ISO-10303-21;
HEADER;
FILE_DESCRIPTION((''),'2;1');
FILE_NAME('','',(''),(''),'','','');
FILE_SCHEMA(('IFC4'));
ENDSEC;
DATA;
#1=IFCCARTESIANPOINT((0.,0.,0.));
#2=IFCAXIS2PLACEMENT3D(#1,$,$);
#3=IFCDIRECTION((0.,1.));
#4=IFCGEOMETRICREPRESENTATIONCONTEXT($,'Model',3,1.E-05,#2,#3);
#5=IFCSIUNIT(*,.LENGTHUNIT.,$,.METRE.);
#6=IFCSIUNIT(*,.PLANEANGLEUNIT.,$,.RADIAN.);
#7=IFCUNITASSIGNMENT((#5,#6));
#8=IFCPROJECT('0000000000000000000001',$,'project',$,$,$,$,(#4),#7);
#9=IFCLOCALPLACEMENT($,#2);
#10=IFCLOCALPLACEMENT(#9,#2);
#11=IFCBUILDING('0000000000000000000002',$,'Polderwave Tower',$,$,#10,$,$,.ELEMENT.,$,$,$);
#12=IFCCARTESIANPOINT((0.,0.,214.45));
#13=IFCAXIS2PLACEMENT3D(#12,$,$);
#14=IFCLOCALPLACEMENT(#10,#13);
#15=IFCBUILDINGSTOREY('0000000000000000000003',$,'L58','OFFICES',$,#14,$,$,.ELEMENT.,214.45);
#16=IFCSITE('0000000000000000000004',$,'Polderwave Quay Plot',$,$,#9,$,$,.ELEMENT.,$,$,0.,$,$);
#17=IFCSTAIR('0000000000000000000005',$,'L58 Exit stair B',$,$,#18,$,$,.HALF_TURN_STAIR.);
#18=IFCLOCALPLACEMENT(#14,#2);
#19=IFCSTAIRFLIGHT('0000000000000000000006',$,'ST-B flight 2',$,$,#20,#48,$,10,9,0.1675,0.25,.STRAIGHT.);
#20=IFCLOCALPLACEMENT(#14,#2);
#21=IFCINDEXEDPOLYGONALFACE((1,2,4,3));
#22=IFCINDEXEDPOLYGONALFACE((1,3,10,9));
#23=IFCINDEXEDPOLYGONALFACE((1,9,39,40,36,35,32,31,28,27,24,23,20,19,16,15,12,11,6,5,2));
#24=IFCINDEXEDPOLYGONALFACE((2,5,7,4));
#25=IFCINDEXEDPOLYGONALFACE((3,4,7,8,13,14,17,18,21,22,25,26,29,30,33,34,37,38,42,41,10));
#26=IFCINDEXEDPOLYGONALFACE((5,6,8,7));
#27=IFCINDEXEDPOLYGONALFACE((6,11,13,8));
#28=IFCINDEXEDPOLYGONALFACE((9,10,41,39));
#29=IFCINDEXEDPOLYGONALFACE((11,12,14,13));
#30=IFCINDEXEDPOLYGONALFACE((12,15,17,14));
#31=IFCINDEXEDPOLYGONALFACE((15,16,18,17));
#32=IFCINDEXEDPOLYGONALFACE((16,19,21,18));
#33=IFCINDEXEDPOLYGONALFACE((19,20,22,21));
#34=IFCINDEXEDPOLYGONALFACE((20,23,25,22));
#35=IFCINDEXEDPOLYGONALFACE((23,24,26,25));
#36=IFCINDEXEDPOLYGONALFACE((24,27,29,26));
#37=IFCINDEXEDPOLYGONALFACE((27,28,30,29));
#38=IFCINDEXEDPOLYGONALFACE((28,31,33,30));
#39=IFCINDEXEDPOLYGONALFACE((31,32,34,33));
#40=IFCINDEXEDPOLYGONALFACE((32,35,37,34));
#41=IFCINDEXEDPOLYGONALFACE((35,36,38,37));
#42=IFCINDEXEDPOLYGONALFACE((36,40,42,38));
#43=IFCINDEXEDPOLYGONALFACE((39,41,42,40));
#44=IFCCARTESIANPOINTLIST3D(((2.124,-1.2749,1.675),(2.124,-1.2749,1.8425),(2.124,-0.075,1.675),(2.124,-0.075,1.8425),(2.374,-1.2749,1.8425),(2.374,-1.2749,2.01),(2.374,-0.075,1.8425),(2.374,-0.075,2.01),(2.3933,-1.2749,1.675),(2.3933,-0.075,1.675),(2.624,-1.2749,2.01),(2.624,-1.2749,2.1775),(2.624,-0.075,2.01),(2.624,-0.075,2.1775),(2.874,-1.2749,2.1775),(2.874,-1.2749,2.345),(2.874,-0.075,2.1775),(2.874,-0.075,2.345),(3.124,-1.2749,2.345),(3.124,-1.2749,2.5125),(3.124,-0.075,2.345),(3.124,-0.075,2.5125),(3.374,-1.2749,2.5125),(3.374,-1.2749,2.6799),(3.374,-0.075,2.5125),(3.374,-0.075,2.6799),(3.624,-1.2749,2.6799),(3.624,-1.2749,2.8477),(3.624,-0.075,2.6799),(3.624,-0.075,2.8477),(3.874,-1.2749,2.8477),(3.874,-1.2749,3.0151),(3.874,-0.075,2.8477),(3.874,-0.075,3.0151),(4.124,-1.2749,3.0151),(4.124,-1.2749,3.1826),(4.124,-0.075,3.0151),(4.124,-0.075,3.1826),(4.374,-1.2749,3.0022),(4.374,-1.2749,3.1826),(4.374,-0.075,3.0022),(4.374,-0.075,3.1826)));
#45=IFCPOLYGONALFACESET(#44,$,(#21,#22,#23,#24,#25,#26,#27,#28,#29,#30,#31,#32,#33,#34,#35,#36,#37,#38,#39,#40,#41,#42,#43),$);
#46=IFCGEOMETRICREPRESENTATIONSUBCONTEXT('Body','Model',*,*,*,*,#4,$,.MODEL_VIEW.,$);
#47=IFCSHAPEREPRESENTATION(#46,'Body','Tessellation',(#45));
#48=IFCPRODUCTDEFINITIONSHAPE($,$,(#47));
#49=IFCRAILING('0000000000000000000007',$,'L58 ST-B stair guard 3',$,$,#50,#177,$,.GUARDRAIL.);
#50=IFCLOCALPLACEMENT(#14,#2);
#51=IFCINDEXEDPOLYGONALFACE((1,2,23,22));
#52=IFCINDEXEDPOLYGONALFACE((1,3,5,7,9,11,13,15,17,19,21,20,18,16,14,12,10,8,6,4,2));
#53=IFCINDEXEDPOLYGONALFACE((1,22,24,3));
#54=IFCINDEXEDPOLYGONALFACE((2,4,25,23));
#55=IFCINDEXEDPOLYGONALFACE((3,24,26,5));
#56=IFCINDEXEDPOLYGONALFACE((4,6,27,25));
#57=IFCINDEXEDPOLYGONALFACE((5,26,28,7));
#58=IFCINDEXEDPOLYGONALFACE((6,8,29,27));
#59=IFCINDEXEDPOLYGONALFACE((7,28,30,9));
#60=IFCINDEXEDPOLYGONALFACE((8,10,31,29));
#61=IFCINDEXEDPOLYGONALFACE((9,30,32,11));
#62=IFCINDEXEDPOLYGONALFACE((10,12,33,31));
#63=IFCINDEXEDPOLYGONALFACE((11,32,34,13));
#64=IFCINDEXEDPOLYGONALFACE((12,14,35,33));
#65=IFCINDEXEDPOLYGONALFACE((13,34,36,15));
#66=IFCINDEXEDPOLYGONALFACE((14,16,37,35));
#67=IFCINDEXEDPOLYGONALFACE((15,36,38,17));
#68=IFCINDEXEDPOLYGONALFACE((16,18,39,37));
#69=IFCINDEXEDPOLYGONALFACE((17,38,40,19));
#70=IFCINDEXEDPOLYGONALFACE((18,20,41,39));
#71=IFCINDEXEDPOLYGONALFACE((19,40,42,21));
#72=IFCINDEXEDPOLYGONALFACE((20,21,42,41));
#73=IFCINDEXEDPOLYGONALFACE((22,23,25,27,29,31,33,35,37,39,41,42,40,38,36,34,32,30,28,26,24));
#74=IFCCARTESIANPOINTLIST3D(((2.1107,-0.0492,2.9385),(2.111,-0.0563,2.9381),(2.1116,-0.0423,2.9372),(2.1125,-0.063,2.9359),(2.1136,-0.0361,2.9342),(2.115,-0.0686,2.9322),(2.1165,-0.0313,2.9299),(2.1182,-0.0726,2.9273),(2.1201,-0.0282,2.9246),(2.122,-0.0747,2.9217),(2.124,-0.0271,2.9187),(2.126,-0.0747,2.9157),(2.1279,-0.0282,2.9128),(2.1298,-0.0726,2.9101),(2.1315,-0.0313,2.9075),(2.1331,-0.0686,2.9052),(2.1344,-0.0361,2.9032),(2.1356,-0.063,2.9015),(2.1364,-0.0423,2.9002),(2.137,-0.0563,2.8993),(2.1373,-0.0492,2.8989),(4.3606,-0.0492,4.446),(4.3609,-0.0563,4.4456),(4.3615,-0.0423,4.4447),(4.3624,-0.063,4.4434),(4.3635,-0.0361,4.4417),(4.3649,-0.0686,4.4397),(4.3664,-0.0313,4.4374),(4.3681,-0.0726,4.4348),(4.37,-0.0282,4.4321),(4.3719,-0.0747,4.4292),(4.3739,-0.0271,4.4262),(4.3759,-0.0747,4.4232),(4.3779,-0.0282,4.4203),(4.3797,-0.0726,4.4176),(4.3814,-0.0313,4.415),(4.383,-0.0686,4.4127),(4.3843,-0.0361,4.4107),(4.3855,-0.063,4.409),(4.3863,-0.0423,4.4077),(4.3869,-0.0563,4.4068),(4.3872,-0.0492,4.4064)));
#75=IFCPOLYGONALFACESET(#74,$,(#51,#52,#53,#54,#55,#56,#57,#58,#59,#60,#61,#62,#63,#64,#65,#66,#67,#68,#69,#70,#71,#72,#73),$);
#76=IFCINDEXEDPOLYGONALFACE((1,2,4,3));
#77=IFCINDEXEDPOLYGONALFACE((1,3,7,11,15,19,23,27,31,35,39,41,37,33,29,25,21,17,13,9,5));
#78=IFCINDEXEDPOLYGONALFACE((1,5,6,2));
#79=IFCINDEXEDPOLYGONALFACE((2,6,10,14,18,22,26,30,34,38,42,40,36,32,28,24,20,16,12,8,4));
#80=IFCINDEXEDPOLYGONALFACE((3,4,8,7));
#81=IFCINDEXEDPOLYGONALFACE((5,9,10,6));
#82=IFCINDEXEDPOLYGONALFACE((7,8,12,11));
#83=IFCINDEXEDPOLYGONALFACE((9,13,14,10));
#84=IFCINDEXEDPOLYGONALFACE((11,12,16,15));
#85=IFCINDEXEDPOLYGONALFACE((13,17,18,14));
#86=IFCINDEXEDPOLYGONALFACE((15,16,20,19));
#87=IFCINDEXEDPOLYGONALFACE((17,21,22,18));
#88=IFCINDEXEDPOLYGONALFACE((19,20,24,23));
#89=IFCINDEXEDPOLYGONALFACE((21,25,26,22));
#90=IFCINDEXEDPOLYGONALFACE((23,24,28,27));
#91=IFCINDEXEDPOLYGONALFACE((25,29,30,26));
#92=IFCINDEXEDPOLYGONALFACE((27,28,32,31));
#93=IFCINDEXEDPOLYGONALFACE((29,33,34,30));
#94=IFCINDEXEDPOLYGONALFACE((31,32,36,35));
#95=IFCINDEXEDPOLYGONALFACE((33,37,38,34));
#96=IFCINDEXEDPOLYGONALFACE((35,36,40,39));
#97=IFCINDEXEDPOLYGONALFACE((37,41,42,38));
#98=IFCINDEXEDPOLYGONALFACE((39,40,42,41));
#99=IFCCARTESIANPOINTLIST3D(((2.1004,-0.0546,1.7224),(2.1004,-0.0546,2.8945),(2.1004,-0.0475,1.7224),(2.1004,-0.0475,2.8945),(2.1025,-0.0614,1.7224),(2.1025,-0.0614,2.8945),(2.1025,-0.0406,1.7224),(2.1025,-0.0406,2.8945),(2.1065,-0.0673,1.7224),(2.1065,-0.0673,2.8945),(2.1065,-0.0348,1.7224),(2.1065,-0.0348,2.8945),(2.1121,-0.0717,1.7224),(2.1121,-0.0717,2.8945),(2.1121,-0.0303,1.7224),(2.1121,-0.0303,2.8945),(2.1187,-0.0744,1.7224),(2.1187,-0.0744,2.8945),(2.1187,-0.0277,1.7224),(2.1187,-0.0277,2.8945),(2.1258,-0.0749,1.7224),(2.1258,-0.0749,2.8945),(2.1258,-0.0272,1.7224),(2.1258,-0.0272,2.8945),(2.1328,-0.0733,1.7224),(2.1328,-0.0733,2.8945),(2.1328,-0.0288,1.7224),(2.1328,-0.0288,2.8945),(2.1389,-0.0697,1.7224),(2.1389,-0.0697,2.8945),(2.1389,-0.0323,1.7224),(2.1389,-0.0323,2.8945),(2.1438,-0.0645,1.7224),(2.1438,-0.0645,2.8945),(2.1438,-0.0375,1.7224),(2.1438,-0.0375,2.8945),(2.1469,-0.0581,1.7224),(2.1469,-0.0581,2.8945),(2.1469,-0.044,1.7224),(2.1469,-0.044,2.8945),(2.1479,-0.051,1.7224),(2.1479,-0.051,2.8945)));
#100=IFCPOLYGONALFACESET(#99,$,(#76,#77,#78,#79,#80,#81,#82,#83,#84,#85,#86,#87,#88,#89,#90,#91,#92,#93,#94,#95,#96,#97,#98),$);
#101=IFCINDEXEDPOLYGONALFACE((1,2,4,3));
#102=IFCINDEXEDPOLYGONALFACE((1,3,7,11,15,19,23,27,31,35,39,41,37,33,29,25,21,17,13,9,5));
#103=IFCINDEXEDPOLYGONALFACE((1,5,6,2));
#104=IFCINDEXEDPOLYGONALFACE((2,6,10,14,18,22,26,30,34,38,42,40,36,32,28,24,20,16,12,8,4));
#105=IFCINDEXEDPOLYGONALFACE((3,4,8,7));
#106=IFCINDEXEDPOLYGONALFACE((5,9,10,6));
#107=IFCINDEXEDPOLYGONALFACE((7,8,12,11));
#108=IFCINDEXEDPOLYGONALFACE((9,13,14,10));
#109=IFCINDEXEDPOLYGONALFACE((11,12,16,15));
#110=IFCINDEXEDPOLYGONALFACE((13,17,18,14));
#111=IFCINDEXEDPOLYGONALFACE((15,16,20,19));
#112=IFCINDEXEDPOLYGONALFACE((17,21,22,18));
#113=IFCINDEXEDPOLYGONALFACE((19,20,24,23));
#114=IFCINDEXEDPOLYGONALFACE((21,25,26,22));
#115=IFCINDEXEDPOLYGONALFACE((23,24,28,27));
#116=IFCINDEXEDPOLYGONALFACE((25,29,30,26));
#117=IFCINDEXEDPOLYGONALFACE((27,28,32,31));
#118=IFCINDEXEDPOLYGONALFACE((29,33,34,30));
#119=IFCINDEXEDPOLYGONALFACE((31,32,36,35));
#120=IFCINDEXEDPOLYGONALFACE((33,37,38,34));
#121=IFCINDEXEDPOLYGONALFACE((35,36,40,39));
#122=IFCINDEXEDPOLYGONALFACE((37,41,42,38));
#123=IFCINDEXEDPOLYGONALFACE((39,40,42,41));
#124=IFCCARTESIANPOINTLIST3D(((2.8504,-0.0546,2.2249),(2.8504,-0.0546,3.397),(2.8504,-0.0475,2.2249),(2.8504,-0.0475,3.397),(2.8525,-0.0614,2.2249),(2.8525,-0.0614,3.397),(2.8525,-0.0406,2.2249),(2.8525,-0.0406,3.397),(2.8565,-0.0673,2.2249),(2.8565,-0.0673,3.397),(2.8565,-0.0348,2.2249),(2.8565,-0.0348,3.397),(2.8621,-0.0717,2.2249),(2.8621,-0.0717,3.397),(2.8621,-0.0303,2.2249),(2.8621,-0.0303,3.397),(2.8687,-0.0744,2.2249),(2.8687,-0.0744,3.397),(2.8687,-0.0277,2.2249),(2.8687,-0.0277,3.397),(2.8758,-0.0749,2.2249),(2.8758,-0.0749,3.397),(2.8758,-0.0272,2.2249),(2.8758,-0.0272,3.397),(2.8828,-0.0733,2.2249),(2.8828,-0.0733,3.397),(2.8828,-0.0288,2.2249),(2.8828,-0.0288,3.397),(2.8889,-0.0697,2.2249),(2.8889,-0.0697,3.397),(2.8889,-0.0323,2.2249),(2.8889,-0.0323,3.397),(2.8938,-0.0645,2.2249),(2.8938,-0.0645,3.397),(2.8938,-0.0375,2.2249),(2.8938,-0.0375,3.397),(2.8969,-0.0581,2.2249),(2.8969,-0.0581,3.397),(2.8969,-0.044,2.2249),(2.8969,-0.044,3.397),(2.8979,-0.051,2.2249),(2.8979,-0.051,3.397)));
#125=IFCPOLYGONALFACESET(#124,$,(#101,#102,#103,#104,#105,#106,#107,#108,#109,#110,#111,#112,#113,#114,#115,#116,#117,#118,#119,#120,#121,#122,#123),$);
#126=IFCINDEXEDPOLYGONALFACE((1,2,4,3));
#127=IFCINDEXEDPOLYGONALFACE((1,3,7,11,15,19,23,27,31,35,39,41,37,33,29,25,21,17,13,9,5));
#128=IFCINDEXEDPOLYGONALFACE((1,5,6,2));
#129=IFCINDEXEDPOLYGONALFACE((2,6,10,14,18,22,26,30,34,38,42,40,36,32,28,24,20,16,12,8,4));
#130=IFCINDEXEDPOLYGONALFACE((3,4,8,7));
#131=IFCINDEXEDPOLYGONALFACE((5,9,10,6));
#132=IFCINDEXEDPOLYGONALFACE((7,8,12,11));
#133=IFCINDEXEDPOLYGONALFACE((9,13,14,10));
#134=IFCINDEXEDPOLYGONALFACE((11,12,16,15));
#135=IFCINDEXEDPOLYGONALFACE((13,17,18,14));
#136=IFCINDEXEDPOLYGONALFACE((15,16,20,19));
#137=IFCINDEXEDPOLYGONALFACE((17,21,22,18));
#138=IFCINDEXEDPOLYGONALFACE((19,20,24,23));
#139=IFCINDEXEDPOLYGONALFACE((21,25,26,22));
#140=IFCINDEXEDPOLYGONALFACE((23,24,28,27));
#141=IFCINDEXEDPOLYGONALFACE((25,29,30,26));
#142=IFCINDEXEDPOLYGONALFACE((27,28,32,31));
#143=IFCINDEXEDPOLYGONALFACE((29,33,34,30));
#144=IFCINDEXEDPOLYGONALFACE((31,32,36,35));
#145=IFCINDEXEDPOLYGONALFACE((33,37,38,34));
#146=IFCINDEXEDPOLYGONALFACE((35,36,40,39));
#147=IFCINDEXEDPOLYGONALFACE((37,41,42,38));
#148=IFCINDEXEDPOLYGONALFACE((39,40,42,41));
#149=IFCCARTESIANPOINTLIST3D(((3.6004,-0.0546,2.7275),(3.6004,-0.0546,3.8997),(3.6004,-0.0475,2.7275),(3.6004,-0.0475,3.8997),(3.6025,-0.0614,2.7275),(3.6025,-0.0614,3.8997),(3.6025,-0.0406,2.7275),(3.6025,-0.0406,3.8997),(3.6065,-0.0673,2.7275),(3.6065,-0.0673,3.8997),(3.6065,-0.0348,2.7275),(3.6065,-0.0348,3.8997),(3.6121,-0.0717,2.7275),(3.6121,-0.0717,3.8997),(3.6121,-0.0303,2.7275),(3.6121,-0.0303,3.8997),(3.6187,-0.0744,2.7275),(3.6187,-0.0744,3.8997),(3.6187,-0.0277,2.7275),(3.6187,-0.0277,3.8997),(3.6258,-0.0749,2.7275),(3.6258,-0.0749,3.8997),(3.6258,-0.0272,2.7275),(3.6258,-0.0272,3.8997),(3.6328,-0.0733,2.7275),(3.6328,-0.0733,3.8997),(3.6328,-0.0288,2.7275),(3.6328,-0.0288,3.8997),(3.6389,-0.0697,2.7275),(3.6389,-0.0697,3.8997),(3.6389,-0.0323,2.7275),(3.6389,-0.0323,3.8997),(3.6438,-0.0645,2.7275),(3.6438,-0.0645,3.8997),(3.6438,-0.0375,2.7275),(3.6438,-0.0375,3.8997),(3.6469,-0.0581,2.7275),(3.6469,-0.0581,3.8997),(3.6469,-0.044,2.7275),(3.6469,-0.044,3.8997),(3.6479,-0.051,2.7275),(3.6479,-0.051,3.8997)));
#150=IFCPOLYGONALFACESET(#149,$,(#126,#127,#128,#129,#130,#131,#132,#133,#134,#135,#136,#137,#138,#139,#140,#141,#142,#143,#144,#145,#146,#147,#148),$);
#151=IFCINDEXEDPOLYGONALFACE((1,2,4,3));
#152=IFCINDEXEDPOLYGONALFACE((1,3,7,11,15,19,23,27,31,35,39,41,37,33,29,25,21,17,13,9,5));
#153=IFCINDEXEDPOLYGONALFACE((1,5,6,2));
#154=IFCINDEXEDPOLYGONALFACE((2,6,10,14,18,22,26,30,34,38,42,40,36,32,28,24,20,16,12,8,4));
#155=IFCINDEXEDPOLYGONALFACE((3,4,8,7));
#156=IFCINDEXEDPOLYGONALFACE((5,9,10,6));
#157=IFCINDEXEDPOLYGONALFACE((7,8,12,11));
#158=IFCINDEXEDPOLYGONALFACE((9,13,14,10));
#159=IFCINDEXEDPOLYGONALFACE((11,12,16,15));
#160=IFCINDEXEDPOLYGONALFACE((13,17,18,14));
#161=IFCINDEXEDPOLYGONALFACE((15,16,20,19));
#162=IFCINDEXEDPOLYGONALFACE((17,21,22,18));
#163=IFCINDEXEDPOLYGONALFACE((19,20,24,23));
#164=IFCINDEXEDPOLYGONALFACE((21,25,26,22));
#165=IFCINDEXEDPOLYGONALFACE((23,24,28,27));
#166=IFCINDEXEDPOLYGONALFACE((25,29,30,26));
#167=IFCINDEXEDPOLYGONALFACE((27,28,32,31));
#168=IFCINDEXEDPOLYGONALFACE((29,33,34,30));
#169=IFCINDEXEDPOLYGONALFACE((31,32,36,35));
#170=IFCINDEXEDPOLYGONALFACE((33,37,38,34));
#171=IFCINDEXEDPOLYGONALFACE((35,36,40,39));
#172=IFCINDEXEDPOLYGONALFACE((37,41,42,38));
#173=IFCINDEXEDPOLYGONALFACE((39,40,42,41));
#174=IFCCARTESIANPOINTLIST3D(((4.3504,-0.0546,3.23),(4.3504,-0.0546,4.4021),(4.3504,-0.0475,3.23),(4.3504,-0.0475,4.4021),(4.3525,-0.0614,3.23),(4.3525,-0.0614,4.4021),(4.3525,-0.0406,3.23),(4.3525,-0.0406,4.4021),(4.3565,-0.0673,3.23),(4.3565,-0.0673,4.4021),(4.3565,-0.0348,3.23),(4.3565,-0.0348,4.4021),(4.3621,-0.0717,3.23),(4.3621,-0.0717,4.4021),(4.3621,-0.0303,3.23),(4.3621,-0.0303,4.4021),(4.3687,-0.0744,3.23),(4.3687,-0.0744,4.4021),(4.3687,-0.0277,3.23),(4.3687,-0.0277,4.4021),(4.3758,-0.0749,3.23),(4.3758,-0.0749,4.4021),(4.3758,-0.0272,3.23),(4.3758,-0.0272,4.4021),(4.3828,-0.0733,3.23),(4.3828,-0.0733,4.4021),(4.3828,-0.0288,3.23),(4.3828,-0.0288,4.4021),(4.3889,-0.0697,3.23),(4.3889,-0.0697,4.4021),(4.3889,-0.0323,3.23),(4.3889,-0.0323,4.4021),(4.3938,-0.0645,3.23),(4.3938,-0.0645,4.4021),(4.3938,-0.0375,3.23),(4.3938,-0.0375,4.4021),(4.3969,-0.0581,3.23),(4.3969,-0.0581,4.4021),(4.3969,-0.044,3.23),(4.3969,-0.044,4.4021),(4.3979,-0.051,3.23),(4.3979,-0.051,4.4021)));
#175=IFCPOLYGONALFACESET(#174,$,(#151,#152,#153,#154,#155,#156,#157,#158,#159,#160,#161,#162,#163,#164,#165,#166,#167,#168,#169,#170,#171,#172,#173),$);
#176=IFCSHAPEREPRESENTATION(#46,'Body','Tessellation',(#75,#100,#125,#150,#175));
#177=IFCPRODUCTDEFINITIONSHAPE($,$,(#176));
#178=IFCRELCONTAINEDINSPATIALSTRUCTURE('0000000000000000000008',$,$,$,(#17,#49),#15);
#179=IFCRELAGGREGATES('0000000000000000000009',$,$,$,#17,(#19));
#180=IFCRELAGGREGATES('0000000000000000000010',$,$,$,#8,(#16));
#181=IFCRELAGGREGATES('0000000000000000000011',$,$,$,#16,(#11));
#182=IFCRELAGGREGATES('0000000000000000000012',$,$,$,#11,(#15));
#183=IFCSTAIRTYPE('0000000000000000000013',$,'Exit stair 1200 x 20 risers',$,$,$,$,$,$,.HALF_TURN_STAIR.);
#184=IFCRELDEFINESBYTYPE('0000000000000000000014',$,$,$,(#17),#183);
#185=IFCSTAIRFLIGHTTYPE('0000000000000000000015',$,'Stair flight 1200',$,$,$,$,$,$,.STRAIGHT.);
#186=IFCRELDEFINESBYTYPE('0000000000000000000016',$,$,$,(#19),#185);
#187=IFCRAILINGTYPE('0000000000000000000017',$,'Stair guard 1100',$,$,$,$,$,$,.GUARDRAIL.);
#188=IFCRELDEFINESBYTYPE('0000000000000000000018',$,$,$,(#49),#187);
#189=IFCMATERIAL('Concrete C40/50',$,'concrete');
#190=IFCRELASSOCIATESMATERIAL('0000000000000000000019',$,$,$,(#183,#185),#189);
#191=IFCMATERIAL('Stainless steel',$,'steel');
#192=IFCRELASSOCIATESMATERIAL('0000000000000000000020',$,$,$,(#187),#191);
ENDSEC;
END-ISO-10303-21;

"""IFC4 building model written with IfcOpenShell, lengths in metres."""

from ifc_helpers import new_model, si_unit, direction, frame, origin, origin_2d, place, context, subcontext, project, spatial, polyline, circle, outline, extrude, material, type_object, element, aggregate, save


model = new_model("IFC4")

# Units and contexts
model_context = context("Model", 3, precision=1e-05, world=origin(), true_north=direction((0.0, 1.0)))
body_context = subcontext(model_context, "Body", "Model", "MODEL_VIEW")
ifc_project = project(units=[si_unit("LENGTHUNIT", "METRE"), si_unit("PLANEANGLEUNIT", "RADIAN")], contexts=[model_context])

# Site, building, storey
site_placement = place(None, origin())
site = spatial("IfcSite", under=ifc_project, at=site_placement, Name="Polderwave Quay Plot", CompositionType="ELEMENT", RefElevation=0.0)
building_placement = place(site_placement, origin())
building = spatial("IfcBuilding", under=site, at=building_placement, Name="Polderwave Tower", CompositionType="ELEMENT")
storey_placement = place(building_placement, frame((0.0, 0.0, 214.45)))
storey = spatial("IfcBuildingStorey", under=building, at=storey_placement, Name="L58", Description="OFFICES", CompositionType="ELEMENT", Elevation=214.45)

# Stair, stair flight
ifc_material_1 = material(Name="Concrete C40/50", Category="concrete")
stair_type = type_object("IfcStairType", Name="Exit stair 1200 x 20 risers", PredefinedType="HALF_TURN_STAIR", material=ifc_material_1)
stair_placement = place(storey_placement, origin())
stair = element("IfcStair", 1, at=stair_placement, inside=storey, type_object=stair_type, Name="L58 Exit stair B", PredefinedType="HALF_TURN_STAIR")
stair_flight_type = type_object("IfcStairFlightType", Name="Stair flight 1200", PredefinedType="STRAIGHT", material=ifc_material_1)
stair_flight_placement = place(storey_placement, frame((2.124, -0.675, 1.675), z_axis=(0.0, 0.0, 1.0), x_axis=(1.0, 0.0, 0.0)))
stair_flight = element("IfcStairFlight", 2, at=stair_flight_placement, type_object=stair_flight_type, Name="ST-B flight 2", NumberOfRisers=10, NumberOfTreads=9, PredefinedType="STRAIGHT", RiserHeight=0.1675, TreadLength=0.25, context=body_context, shape_type="SweptSolid", body=[
    extrude(outline(polyline([(0.0, 0.0), (0.0, 0.1675), (0.25, 0.1675), (0.25, 0.335), (0.5, 0.335), (0.5, 0.5024), (0.75, 0.5024), (0.75, 0.6699), (1.0, 0.6699), (1.0, 0.8374), (1.25, 0.8374), (1.25, 1.0049), (1.5, 1.0049), (1.5, 1.1726), (1.75, 1.1726), (1.75, 1.3401), (2.0, 1.3401), (2.0, 1.5076), (2.25, 1.5076), (2.25, 1.675), (2.25, 1.3271), (0.2693, 0.0), (0.0, 0.0)])), frame((0.0, 0.6001, 0.0), z_axis=(0.0, -1.0, 0.0), x_axis=(1.0, 0.0, 0.0)), (0.0, 0.0, 1.0), 1.2),
])
aggregate(stair, [stair_flight])

# Railing
ifc_material_2 = material(Name="Stainless steel", Category="steel")
railing_type_1 = type_object("IfcRailingType", Name="Stair guard 1100", PredefinedType="GUARDRAIL", material=ifc_material_2)
railing_1_placement = place(storey_placement, frame((2.124, -0.051, 1.7224)))
element("IfcRailing", 3, at=railing_1_placement, inside=storey, type_object=railing_type_1, Name="L58 ST-B stair guard 3", PredefinedType="GUARDRAIL", context=body_context, shape_type="SweptSolid", body=[
    extrude(circle(Radius=0.0239, at=origin_2d()), frame((0.0, 0.0, 1.1963), z_axis=(0.830758, 0.0, 0.556633), x_axis=(0.0, 1.0, 0.0)), (0.0, 0.0, 1.0), 2.7083),
    extrude(circle(Radius=0.0239, at=origin_2d()), origin(), (0.0, 0.0, 1.0), 1.1721),
    extrude(circle(Radius=0.0239, at=origin_2d()), frame((0.75, 0.0, 0.5024)), (0.0, 0.0, 1.0), 1.1721),
    extrude(circle(Radius=0.0239, at=origin_2d()), frame((1.5, 0.0, 1.0051)), (0.0, 0.0, 1.0), 1.1721),
    extrude(circle(Radius=0.0239, at=origin_2d()), frame((2.25, 0.0, 1.5076)), (0.0, 0.0, 1.0), 1.1721),
])

save(model, "model.ifc")
